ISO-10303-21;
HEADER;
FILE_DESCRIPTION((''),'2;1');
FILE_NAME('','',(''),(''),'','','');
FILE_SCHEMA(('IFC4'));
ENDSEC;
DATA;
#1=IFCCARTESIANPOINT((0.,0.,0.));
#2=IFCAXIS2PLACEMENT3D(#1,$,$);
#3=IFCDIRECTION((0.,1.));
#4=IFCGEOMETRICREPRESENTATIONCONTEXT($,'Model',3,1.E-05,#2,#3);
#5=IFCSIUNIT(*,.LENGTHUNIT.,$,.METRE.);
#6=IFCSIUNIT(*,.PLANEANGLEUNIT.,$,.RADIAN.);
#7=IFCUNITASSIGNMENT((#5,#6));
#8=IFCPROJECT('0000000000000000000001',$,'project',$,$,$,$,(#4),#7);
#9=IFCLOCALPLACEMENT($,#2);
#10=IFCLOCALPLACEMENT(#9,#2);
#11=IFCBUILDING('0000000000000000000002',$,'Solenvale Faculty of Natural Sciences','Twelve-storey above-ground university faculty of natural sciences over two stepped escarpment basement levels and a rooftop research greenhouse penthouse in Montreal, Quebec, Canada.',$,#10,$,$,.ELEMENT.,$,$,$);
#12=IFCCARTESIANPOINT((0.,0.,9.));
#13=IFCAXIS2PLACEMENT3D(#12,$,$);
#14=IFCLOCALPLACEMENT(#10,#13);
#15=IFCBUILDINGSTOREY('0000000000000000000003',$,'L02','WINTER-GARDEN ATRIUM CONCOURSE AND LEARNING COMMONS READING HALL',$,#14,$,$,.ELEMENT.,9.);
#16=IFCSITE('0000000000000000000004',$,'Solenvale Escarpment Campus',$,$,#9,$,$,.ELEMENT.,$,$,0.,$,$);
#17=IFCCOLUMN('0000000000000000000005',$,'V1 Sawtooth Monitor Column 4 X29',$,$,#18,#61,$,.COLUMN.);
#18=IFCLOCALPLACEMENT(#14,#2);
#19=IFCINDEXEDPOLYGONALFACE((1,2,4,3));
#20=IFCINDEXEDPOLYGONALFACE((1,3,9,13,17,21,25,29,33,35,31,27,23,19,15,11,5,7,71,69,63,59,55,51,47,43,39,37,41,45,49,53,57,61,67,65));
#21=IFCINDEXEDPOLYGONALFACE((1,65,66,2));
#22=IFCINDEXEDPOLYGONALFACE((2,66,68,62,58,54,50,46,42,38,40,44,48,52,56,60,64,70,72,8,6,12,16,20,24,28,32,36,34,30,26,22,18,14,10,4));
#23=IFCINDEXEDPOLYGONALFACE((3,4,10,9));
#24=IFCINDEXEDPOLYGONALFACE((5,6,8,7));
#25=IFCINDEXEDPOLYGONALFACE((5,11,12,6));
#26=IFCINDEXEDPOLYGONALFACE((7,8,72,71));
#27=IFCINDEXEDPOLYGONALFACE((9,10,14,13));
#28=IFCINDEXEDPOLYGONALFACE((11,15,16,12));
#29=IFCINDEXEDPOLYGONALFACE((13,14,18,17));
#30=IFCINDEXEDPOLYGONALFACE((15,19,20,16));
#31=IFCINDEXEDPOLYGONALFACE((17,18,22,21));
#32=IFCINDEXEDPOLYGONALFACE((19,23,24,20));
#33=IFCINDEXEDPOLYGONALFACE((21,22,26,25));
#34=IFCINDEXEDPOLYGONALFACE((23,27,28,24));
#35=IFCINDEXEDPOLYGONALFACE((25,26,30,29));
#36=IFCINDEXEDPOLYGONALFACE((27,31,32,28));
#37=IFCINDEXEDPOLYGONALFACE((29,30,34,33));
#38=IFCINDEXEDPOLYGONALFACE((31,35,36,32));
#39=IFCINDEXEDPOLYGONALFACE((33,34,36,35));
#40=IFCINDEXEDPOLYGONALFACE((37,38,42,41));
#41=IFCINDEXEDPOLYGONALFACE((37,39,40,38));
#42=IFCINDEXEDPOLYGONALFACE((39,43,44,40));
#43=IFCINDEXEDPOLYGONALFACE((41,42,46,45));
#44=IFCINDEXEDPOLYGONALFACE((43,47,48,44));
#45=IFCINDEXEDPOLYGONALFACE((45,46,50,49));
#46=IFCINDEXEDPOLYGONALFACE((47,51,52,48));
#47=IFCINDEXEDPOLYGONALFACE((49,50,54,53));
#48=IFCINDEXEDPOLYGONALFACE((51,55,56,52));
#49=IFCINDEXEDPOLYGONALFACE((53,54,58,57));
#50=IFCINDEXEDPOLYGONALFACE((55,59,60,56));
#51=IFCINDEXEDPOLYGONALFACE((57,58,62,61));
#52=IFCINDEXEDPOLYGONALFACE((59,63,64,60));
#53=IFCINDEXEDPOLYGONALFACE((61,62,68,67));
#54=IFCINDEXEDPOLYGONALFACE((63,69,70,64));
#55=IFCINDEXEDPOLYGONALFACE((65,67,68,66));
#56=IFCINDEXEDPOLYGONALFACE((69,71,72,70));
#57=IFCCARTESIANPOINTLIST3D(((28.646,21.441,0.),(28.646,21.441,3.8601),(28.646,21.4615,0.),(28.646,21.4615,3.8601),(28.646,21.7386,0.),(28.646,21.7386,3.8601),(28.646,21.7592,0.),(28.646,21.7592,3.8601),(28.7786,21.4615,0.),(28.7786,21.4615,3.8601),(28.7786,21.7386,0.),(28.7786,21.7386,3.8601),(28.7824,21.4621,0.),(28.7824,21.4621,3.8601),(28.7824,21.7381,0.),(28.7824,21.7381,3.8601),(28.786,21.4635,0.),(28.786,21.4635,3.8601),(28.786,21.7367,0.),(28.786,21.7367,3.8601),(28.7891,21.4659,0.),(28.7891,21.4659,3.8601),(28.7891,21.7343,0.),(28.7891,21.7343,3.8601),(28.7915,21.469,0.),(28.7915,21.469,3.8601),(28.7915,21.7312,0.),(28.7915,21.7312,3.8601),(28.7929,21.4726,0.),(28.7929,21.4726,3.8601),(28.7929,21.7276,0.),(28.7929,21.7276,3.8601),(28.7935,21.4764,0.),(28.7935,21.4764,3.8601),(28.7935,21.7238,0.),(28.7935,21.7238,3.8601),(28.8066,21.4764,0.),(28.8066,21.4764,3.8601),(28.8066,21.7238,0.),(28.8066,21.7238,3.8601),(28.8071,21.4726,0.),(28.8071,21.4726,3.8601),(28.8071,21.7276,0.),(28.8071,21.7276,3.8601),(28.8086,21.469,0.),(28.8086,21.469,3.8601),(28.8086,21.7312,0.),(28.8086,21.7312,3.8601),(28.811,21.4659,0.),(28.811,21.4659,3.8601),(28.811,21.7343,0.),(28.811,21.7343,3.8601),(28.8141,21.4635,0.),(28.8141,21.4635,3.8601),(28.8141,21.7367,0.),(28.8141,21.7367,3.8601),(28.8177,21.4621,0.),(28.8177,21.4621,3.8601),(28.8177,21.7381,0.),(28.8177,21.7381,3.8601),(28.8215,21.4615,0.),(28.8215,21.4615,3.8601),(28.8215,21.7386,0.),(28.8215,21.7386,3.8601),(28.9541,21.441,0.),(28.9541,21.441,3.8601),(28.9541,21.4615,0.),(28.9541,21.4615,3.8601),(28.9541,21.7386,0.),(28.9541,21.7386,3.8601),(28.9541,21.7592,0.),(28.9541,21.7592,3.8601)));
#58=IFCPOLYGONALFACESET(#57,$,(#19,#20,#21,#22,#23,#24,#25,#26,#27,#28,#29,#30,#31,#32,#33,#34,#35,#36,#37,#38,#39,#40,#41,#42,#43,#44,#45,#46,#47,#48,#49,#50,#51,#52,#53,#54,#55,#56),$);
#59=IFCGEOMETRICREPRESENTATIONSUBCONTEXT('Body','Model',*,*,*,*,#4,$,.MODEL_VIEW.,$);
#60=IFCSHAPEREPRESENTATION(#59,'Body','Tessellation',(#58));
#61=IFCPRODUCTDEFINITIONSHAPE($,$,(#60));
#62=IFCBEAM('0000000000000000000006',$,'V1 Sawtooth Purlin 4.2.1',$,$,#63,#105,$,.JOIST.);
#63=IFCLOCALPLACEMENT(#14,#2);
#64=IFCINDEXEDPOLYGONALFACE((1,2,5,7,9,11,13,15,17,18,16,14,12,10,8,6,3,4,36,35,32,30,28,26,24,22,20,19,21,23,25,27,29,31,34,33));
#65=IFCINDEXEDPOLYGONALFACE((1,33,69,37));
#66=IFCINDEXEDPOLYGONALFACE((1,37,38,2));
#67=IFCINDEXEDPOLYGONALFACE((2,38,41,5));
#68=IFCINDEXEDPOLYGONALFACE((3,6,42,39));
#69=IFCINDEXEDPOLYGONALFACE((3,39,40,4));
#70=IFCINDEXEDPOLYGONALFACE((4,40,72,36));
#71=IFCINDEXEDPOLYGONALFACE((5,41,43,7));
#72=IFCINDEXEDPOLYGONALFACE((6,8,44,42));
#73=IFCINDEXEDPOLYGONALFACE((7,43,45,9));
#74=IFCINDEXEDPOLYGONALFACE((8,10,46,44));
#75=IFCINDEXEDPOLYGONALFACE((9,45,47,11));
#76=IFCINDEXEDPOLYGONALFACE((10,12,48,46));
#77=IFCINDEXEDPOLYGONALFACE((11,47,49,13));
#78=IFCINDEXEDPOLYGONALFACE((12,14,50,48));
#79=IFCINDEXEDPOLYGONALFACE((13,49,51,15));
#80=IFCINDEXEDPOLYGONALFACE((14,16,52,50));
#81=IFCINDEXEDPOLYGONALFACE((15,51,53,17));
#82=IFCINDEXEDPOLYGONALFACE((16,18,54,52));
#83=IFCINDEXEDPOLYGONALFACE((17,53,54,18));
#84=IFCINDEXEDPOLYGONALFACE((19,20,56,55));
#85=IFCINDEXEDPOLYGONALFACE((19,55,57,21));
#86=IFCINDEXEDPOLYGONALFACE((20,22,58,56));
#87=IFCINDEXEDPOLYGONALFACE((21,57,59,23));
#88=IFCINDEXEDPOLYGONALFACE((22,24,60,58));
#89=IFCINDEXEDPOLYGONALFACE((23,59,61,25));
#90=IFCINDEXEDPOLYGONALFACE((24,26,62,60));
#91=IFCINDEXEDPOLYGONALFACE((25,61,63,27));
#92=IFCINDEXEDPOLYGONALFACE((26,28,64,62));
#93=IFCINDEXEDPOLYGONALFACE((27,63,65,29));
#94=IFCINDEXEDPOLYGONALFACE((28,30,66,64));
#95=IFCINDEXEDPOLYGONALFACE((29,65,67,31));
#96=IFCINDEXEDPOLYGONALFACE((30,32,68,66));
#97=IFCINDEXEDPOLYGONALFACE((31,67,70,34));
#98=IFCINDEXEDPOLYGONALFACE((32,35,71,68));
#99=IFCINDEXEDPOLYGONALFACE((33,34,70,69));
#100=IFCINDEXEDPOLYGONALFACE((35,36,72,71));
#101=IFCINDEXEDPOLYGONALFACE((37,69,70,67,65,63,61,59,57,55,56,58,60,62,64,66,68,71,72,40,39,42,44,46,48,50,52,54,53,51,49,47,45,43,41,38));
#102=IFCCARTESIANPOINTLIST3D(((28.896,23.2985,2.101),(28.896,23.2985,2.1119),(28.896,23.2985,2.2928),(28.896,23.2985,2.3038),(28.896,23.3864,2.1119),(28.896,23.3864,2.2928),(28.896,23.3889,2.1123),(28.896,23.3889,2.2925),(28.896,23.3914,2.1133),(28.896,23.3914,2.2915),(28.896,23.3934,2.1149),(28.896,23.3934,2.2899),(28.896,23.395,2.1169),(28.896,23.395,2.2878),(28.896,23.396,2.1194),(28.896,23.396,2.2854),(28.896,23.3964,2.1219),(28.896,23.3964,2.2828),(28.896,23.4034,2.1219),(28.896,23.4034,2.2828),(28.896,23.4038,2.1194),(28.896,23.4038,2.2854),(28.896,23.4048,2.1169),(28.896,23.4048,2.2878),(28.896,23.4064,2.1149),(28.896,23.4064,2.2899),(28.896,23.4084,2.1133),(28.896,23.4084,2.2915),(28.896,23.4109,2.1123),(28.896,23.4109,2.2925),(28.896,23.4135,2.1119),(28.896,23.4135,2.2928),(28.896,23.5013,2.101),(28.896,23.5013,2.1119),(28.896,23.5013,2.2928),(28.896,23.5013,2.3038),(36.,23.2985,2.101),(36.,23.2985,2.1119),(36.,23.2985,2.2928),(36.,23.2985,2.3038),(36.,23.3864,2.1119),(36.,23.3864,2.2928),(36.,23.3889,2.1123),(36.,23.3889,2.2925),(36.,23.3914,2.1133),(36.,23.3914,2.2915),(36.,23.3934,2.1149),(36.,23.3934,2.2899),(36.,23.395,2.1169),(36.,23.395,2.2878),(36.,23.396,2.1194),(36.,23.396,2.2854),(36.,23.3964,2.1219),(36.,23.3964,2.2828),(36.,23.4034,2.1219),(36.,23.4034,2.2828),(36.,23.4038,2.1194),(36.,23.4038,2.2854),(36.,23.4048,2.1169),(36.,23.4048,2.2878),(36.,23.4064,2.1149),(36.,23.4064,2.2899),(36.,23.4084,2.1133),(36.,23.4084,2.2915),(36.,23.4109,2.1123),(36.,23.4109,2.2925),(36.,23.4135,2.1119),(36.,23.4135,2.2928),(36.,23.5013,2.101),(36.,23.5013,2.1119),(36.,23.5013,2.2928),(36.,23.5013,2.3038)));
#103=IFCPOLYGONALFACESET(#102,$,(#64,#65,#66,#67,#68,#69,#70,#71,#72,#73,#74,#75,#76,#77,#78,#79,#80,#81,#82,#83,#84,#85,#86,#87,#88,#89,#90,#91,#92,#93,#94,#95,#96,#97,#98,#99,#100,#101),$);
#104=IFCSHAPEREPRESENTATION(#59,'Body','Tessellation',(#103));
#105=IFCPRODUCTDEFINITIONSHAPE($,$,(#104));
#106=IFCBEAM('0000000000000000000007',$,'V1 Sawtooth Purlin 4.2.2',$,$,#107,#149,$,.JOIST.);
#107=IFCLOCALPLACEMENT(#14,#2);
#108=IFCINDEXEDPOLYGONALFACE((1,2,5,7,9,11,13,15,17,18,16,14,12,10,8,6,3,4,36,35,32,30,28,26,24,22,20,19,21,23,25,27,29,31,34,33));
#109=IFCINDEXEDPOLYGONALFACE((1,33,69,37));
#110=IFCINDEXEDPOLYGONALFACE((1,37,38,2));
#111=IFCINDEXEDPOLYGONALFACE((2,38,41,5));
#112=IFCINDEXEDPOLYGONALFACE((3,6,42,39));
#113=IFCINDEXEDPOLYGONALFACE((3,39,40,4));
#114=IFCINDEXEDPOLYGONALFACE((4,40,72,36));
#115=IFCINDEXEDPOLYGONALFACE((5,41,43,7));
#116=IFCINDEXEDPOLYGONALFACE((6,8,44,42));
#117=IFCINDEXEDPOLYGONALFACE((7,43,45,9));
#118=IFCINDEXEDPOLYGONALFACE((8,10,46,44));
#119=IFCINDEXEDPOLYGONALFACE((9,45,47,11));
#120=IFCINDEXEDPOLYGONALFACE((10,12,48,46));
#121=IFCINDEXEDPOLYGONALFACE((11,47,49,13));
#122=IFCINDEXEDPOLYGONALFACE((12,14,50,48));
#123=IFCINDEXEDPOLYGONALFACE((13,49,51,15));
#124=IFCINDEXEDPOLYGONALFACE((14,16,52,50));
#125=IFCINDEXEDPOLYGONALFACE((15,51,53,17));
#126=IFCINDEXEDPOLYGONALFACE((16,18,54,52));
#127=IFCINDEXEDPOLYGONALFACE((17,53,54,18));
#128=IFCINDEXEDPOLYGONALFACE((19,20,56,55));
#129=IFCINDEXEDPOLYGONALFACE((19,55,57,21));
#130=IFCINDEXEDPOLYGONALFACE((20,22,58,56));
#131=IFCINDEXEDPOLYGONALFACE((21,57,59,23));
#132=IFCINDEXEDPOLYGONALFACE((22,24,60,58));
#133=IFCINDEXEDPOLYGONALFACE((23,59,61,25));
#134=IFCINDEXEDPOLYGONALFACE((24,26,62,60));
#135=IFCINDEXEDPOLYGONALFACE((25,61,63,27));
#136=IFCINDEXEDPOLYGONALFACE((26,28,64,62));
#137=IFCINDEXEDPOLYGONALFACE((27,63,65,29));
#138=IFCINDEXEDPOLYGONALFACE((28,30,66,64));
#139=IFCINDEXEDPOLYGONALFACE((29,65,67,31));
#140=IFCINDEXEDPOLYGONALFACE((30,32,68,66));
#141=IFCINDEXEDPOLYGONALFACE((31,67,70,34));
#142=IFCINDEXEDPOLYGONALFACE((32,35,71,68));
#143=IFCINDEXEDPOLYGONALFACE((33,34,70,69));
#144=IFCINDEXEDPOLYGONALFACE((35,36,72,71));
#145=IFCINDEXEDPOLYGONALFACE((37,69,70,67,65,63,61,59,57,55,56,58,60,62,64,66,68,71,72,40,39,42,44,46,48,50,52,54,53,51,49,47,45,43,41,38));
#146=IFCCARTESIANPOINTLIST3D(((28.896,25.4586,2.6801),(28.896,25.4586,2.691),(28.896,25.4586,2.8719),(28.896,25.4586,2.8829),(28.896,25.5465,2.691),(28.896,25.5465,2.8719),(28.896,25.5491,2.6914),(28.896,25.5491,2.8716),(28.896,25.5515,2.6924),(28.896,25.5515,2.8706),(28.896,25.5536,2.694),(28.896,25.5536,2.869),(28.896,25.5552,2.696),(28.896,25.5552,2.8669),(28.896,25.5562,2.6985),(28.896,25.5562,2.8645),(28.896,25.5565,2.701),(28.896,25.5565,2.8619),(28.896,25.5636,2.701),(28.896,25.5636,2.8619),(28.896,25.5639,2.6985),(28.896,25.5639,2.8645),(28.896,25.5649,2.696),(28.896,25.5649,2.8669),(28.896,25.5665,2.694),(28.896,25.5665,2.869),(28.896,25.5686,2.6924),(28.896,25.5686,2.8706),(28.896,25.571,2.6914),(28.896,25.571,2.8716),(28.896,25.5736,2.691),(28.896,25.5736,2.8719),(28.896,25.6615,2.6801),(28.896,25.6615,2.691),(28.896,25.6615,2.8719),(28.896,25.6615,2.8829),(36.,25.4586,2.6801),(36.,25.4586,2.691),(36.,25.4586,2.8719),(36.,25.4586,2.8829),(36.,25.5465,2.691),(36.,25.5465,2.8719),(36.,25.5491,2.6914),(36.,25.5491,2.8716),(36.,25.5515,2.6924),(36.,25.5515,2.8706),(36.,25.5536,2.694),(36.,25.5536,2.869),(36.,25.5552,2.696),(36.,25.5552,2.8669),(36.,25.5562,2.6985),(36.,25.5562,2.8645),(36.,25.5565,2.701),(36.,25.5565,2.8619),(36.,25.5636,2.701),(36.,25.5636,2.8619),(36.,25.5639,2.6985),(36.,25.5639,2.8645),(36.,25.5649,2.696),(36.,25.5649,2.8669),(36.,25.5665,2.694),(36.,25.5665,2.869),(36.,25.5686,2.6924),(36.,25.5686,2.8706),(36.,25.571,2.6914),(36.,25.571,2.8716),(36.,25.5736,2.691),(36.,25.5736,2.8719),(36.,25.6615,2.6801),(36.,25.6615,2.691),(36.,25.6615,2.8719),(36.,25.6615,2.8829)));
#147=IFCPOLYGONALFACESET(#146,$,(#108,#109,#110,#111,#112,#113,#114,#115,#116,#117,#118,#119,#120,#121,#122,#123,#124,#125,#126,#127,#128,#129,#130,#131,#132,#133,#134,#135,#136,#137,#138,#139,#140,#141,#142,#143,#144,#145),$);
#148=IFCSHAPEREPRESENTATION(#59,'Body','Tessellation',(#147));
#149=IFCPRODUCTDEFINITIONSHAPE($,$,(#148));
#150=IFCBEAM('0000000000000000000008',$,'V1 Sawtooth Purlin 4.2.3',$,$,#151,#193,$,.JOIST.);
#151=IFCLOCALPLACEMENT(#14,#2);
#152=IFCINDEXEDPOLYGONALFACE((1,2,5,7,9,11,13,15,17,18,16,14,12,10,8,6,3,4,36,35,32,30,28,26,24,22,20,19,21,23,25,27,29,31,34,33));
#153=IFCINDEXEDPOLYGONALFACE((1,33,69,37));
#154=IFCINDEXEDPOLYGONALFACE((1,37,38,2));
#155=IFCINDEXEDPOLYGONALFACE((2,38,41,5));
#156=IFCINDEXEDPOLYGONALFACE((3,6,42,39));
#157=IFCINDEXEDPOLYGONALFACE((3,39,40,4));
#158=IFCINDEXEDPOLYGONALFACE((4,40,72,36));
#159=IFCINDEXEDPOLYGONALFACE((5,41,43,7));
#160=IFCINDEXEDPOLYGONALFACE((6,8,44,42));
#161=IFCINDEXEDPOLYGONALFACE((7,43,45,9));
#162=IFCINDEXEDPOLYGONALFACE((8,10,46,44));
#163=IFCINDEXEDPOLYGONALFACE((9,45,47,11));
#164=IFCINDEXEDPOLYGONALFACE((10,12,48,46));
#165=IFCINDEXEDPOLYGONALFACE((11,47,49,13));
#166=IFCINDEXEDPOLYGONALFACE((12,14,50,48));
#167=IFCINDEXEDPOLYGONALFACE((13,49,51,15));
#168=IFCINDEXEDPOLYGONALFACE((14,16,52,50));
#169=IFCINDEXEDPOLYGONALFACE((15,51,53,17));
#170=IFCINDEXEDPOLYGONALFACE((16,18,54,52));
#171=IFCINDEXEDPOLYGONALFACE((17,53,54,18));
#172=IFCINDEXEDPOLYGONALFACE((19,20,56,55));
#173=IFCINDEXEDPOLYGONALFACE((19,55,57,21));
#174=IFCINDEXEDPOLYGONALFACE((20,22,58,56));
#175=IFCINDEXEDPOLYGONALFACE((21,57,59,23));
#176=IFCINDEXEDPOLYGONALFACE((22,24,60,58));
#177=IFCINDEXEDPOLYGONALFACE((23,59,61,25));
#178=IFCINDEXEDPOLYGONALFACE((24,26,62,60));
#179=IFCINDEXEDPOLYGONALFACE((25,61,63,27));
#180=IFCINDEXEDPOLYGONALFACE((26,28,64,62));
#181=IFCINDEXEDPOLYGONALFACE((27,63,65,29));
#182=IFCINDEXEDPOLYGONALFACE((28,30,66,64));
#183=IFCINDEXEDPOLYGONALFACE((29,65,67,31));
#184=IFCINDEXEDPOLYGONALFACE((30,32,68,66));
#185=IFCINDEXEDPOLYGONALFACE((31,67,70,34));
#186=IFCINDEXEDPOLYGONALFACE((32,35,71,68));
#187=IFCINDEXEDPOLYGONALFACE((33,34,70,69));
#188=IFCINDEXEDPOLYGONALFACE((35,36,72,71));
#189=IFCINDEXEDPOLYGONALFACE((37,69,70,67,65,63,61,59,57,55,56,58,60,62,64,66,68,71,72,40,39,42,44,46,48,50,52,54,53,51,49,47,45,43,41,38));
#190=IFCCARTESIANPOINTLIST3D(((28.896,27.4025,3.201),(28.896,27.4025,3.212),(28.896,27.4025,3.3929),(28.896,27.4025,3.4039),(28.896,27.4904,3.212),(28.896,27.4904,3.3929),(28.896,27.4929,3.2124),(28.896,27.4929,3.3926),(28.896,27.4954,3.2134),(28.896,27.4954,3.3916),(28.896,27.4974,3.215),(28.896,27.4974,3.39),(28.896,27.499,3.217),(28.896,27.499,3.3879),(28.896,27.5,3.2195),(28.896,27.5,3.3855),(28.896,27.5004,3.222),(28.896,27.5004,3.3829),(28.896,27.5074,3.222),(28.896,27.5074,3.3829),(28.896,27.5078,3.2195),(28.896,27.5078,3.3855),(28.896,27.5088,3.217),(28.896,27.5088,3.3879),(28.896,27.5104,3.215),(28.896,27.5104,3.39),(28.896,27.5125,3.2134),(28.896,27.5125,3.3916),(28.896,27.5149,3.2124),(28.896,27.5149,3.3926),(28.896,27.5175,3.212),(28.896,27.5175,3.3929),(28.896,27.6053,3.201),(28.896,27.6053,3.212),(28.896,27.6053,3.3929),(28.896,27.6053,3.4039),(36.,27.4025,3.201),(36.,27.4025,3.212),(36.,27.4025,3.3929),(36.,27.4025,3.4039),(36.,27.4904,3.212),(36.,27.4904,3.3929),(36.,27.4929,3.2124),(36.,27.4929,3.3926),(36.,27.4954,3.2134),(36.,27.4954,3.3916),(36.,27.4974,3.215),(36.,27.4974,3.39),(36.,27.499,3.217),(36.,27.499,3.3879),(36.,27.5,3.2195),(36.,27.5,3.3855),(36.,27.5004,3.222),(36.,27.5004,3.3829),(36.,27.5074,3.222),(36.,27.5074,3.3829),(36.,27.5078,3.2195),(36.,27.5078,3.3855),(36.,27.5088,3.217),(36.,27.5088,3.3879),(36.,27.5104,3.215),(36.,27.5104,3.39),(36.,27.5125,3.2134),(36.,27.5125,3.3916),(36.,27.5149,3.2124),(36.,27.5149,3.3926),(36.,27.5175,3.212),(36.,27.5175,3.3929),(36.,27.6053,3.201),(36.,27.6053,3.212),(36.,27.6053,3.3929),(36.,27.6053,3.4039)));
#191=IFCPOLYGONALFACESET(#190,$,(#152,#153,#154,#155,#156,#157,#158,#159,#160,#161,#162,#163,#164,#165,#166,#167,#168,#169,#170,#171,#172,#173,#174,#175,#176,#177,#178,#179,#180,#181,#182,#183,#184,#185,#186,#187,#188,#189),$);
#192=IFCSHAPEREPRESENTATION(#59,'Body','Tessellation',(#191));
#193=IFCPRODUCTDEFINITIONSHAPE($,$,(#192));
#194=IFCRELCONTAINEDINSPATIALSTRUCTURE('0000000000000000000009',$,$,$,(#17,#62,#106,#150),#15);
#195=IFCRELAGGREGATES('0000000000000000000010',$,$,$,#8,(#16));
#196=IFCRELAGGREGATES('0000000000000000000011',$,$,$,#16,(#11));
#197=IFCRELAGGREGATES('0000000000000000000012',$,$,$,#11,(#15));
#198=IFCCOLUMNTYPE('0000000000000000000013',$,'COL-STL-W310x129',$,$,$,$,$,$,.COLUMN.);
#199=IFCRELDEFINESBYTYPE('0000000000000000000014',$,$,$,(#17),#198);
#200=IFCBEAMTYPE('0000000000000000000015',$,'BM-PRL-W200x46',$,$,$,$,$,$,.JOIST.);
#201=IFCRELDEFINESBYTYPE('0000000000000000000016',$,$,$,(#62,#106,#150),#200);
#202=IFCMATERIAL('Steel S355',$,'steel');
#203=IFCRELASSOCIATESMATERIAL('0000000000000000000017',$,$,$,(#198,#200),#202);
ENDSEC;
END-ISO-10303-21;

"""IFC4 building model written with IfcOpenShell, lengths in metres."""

from ifc_helpers import new_model, si_unit, direction, frame, origin, origin_2d, place, context, subcontext, project, spatial, i_section, extrude, material, material_profile, profile_set, type_object, element, save


model = new_model("IFC4")

# Units and contexts
model_context = context("Model", 3, precision=1e-05, world=origin(), true_north=direction((0.0, 1.0)))
body_context = subcontext(model_context, "Body", "Model", "MODEL_VIEW")
ifc_project = project(units=[si_unit("LENGTHUNIT", "METRE"), si_unit("PLANEANGLEUNIT", "RADIAN")], contexts=[model_context])

# Site, building, storey
site_placement = place(None, origin())
site = spatial("IfcSite", under=ifc_project, at=site_placement, Name="Solenvale Escarpment Campus", CompositionType="ELEMENT", RefElevation=0.0)
building_placement = place(site_placement, origin())
building = spatial("IfcBuilding", under=site, at=building_placement, Name="Solenvale Faculty of Natural Sciences", Description="Twelve-storey above-ground university faculty of natural sciences over two stepped escarpment basement levels and a rooftop research greenhouse penthouse in Montreal, Quebec, Canada.", CompositionType="ELEMENT")
storey_placement = place(building_placement, frame((0.0, 0.0, 9.0)))
storey = spatial("IfcBuildingStorey", under=building, at=storey_placement, Name="L02", Description="WINTER-GARDEN ATRIUM CONCOURSE AND LEARNING COMMONS READING HALL", CompositionType="ELEMENT", Elevation=9.0)

# Column
ifc_material_1 = material(Name="Steel S355", Category="steel")
ifc_material_profile_1 = material_profile(ifc_material_1, i_section(OverallWidth=0.3081, OverallDepth=0.3181, WebThickness=0.0132, FlangeThickness=0.0205, FilletRadius=0.0149, at=origin_2d()), Name="W310x129")
ifc_profile_set_1 = profile_set([ifc_material_profile_1], Name="Steel S355")
column_type = type_object("IfcColumnType", Name="COL-STL-W310x129", PredefinedType="COLUMN", material=ifc_profile_set_1)
column_placement = place(storey_placement, frame((28.8, 21.6001, 0.0), z_axis=(0.0, 0.0, 1.0), x_axis=(1.0, 0.0, 0.0)))
element("IfcColumn", 1, at=column_placement, inside=storey, type_object=column_type, Name="V1 Sawtooth Monitor Column 4 X29", PredefinedType="COLUMN", context=body_context, shape_type="SweptSolid", body=[
    extrude(i_section(OverallWidth=0.3081, OverallDepth=0.3181, WebThickness=0.0132, FlangeThickness=0.0205, FilletRadius=0.0149, at=origin_2d()), origin(), (0.0, 0.0, 1.0), 3.8601),
])

# Beams
ifc_material_profile_2 = material_profile(ifc_material_1, i_section(OverallWidth=0.2029, OverallDepth=0.2029, WebThickness=0.0071, FlangeThickness=0.011, FilletRadius=0.01, at=origin_2d()), Name="W200x46")
ifc_profile_set_2 = profile_set([ifc_material_profile_2], Name="Steel S355")
beam_type_1 = type_object("IfcBeamType", Name="BM-PRL-W200x46", PredefinedType="JOIST", material=ifc_profile_set_2)
for number, where, z_axis, x_axis, name in (
    (2, (28.896, 23.3999, 2.2024), (1.0, 0.0, 0.0), (0.0, 1.0, 0.0), "V1 Sawtooth Purlin 4.2.1"),
    (3, (28.896, 25.5601, 2.7815), (1.0, 0.0, 0.0), (0.0, 1.0, 0.0), "V1 Sawtooth Purlin 4.2.2"),
    (4, (28.896, 27.5039, 3.3025), (1.0, 0.0, 0.0), (0.0, 1.0, 0.0), "V1 Sawtooth Purlin 4.2.3"),
):
    element("IfcBeam", number, at=place(storey_placement, frame(where, z_axis=z_axis, x_axis=x_axis)), inside=storey, type_object=beam_type_1, Name=name, PredefinedType="JOIST", context=body_context, shape_type="SweptSolid", body=[
        extrude(i_section(OverallWidth=0.2029, OverallDepth=0.2029, WebThickness=0.0071, FlangeThickness=0.011, FilletRadius=0.01, at=origin_2d()), origin(), (0.0, 0.0, 1.0), 7.104),
    ])

save(model, "model.ifc")
